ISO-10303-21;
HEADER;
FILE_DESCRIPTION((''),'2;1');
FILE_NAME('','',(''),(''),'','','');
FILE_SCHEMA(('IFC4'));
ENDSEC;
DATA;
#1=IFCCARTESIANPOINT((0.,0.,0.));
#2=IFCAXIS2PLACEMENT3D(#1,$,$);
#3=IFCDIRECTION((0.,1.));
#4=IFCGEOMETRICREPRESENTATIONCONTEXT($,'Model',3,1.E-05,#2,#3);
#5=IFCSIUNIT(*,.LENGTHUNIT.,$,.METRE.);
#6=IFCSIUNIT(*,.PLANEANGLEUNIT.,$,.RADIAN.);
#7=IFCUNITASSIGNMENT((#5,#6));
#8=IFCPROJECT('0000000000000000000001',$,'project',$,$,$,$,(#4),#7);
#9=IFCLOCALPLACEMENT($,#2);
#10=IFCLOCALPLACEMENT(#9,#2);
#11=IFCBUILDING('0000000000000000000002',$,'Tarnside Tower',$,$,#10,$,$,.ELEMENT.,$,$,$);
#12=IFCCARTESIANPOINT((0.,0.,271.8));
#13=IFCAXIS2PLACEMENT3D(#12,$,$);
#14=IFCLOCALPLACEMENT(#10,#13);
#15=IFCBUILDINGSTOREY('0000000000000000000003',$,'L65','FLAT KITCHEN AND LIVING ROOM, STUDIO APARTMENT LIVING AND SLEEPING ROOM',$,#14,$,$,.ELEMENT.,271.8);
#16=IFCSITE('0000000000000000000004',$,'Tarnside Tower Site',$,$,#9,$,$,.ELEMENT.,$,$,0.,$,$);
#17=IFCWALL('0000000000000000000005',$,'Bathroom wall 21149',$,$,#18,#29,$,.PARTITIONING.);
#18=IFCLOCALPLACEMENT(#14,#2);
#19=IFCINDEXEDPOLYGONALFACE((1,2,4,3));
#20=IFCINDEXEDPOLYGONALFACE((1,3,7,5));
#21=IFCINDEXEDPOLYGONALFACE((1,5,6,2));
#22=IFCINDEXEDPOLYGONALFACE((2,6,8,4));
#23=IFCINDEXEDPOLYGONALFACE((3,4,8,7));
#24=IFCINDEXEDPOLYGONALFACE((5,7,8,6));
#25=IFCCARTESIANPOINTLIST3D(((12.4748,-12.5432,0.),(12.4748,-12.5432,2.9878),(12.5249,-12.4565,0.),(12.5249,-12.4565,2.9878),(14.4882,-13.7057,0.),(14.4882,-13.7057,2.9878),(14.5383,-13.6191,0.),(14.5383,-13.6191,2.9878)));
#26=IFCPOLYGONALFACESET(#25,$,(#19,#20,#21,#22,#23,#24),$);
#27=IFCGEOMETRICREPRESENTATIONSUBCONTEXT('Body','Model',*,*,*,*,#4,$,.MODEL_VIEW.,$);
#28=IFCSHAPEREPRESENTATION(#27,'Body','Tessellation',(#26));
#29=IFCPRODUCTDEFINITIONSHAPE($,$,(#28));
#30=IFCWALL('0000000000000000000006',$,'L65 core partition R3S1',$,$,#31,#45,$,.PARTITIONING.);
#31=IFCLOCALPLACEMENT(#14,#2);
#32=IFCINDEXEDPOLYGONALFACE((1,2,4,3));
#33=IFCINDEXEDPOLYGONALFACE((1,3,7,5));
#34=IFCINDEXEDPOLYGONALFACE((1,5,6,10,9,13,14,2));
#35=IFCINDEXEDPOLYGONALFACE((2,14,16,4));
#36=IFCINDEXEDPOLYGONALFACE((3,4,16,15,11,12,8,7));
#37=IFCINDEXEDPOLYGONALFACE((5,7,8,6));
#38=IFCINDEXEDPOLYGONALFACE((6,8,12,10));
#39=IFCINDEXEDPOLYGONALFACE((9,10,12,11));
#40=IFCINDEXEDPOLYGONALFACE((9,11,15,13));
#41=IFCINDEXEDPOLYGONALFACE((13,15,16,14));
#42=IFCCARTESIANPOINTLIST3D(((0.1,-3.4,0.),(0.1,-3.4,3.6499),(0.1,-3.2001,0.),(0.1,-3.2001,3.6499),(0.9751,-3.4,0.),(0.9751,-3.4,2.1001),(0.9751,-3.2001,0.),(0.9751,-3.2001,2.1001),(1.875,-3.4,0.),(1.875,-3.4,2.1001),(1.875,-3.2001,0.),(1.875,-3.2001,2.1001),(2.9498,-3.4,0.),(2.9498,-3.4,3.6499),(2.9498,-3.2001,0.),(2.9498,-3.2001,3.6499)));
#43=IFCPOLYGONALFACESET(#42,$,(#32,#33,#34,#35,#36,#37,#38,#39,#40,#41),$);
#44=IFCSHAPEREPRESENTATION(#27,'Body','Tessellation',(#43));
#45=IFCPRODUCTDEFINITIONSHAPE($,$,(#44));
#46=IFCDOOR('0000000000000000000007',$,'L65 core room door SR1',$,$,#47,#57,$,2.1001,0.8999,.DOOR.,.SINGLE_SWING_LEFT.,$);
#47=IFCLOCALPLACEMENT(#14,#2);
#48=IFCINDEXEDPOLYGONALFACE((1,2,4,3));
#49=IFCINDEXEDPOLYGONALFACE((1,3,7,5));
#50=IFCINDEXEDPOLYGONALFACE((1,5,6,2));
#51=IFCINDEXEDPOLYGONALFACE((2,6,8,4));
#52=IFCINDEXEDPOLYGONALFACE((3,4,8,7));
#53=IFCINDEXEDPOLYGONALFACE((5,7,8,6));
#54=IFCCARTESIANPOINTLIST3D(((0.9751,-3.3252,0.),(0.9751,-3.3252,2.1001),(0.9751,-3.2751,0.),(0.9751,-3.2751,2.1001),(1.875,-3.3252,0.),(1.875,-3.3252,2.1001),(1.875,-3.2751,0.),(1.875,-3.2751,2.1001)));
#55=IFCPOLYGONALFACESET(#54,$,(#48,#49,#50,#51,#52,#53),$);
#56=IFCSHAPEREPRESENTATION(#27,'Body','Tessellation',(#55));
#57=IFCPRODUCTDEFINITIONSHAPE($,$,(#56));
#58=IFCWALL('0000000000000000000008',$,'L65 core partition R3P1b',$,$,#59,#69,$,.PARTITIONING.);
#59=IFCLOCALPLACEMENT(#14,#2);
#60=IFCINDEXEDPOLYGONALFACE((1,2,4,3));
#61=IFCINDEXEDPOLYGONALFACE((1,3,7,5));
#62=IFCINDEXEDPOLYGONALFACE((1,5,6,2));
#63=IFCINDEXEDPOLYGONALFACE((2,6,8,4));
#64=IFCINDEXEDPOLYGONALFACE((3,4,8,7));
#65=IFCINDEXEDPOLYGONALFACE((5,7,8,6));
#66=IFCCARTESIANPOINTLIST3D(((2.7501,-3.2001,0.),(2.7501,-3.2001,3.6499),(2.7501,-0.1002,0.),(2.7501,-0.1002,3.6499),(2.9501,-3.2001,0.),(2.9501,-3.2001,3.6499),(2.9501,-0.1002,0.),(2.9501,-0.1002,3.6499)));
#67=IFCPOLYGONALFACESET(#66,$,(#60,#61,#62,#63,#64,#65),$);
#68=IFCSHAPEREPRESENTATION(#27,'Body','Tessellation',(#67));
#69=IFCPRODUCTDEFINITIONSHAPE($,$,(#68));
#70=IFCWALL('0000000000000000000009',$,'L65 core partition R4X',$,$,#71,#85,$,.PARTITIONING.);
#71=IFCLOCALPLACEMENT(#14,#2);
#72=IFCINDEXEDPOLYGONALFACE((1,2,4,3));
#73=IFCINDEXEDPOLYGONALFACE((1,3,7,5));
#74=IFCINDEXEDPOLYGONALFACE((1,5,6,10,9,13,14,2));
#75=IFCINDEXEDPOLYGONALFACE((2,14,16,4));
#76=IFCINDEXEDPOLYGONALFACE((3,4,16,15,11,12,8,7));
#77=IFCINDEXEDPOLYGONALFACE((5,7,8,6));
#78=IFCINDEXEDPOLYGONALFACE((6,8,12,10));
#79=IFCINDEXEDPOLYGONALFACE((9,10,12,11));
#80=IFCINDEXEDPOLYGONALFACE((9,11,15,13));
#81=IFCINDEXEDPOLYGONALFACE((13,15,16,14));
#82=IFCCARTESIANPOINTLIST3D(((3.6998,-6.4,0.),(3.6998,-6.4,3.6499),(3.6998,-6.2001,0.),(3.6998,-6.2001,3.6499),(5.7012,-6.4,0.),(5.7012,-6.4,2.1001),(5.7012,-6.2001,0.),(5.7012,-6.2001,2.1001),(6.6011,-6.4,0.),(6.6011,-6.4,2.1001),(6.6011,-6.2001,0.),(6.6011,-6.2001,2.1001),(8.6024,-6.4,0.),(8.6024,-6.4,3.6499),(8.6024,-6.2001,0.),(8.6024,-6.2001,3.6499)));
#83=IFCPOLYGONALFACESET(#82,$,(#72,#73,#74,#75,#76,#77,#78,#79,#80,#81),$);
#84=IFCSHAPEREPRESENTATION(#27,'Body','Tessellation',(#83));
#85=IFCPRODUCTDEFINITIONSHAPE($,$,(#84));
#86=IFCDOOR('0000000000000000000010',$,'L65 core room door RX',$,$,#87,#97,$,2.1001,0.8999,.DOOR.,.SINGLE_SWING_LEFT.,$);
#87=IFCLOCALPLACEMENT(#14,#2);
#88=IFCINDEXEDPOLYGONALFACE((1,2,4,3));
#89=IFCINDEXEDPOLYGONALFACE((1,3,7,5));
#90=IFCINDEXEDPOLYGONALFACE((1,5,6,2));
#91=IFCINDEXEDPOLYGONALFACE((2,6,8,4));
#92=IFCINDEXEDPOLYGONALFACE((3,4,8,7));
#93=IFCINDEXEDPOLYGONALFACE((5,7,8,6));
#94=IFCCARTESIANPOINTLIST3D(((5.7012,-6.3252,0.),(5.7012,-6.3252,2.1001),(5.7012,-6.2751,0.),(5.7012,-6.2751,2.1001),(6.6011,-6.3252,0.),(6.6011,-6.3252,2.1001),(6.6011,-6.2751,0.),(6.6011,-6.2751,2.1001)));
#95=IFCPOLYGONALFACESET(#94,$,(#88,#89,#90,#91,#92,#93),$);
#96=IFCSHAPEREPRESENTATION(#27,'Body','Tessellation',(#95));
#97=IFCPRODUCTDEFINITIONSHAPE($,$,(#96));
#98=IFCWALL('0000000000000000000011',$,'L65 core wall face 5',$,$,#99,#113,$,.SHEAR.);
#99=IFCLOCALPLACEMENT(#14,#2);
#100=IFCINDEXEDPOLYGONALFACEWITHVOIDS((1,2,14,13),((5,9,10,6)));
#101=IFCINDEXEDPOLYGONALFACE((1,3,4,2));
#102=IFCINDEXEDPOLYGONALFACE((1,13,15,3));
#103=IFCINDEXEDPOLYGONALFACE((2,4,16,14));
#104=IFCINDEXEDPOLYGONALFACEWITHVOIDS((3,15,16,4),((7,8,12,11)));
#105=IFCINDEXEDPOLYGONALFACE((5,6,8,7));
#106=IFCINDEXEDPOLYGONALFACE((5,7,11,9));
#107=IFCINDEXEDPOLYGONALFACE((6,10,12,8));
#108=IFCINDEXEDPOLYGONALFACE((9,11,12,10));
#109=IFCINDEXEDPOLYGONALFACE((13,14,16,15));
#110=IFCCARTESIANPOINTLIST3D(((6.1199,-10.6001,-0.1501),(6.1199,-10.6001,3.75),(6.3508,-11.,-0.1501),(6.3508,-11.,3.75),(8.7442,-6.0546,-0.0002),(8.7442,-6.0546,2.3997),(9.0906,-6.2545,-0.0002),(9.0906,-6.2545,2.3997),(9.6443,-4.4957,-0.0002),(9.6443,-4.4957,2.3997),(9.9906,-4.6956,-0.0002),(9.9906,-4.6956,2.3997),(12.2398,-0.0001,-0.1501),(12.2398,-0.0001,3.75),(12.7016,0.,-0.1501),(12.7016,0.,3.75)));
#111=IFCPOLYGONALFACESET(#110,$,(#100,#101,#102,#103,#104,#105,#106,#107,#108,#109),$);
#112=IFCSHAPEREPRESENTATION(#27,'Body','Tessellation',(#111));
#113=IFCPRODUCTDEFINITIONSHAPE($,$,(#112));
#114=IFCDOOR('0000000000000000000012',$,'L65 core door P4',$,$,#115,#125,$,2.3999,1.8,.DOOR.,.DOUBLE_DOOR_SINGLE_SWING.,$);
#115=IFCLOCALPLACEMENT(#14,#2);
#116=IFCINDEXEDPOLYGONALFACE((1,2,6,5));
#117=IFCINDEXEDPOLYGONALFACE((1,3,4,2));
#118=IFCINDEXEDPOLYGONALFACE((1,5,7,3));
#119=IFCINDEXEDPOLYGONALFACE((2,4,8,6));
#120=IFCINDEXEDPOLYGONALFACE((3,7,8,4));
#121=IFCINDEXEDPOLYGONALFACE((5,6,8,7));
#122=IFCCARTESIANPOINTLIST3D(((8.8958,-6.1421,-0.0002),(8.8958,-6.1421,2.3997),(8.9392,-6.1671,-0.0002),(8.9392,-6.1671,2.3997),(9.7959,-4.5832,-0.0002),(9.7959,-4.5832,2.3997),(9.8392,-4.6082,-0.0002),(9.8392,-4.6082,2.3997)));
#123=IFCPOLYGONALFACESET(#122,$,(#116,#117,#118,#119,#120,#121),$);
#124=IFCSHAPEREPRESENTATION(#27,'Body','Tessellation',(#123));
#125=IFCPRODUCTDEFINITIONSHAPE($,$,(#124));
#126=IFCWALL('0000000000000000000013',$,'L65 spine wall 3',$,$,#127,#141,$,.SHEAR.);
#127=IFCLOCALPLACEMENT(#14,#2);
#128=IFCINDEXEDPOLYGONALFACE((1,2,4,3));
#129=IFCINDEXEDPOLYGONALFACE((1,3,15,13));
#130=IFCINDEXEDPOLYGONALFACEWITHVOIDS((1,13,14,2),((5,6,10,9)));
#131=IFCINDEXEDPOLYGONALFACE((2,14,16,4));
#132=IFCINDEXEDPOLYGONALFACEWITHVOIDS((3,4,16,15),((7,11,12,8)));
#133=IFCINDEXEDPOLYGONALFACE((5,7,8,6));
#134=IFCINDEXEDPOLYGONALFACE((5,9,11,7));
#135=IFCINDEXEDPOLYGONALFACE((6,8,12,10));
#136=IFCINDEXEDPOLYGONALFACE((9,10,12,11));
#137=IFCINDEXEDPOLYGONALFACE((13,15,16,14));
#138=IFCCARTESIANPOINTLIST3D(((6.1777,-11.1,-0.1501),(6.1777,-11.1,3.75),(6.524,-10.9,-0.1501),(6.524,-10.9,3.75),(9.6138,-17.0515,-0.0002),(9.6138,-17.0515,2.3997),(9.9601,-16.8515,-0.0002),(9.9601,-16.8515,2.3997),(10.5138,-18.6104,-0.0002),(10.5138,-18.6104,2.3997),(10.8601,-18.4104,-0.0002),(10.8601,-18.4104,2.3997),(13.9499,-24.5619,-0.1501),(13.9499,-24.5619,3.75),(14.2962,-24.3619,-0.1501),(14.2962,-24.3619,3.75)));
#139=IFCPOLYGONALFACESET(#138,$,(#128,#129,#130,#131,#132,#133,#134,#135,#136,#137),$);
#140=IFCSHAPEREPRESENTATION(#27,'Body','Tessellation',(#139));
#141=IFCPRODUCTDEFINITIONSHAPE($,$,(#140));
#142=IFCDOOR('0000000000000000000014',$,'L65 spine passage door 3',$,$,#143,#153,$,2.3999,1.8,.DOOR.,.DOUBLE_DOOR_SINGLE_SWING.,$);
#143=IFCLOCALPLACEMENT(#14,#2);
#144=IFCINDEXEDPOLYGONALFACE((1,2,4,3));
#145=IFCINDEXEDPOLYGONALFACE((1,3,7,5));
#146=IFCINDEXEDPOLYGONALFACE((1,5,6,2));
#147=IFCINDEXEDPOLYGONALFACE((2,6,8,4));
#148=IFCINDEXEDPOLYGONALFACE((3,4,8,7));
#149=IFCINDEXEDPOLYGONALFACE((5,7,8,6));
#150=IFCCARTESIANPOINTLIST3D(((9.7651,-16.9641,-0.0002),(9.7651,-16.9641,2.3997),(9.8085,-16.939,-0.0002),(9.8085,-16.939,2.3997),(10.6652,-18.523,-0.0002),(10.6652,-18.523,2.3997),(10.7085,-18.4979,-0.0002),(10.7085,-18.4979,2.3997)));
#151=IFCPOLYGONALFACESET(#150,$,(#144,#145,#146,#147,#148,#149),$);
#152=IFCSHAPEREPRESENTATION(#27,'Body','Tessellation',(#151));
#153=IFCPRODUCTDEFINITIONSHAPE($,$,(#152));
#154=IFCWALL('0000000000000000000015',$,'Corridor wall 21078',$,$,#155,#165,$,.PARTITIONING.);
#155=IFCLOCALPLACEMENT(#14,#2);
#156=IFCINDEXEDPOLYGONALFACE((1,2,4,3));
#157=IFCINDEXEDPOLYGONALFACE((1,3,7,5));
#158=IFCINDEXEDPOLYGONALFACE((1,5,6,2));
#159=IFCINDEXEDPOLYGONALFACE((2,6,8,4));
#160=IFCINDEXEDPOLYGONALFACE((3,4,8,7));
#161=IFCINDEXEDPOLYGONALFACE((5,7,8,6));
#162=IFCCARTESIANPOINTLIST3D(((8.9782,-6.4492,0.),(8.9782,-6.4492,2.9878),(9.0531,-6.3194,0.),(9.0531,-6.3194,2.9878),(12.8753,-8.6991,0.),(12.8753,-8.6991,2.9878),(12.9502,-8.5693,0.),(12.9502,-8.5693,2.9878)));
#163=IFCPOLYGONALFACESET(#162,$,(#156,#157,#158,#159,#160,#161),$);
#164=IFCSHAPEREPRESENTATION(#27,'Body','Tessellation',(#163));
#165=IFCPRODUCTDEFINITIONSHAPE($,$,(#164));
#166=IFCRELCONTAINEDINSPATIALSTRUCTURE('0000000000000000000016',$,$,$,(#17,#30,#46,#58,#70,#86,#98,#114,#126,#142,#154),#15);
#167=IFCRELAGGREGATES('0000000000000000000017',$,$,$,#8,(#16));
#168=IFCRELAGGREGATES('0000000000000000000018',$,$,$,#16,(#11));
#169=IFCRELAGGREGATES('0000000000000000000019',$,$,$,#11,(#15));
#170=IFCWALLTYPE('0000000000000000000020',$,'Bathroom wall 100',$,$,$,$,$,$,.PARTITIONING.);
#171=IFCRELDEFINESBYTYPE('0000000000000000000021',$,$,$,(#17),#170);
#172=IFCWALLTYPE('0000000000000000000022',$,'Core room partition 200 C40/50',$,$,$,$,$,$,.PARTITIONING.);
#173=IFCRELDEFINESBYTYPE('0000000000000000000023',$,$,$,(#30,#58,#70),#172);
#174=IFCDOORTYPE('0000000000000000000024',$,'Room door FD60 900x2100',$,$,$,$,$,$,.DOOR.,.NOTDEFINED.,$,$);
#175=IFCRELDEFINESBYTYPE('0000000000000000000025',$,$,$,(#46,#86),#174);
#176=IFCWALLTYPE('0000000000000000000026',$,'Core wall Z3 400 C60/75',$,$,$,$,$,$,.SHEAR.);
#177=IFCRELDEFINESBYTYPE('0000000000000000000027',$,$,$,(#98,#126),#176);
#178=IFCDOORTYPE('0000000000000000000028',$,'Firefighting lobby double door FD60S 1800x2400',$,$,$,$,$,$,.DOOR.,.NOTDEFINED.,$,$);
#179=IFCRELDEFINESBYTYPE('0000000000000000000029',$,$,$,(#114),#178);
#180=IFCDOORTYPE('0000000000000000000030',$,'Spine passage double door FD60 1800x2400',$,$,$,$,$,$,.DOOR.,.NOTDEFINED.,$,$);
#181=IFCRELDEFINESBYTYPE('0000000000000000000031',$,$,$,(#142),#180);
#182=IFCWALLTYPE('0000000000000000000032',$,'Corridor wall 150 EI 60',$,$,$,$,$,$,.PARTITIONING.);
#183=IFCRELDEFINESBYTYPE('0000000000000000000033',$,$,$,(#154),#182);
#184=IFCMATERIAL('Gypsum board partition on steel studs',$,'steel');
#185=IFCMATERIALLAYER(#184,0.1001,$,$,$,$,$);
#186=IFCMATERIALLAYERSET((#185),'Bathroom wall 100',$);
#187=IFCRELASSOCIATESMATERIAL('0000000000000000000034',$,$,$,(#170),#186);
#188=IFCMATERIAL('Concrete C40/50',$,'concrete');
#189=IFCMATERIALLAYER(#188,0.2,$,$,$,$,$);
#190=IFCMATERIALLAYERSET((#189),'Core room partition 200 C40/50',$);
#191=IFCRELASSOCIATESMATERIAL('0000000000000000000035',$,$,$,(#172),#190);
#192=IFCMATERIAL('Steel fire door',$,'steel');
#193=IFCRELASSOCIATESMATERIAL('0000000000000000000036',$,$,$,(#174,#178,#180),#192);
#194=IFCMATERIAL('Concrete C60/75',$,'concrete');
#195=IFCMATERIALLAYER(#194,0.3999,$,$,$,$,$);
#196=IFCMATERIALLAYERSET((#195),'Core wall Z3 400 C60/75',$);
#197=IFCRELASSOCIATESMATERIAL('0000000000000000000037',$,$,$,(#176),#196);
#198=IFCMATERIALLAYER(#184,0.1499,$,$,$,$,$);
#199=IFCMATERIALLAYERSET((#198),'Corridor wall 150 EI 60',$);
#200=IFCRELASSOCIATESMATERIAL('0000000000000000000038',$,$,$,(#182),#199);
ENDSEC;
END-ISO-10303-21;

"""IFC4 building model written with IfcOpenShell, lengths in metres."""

from ifc_helpers import new_model, si_unit, direction, frame, frame_2d, origin, place, context, subcontext, project, spatial, polyline, rectangle, outline, extrude, material, layer, layer_set, type_object, element, fill, save


model = new_model("IFC4")

# Units and contexts
model_context = context("Model", 3, precision=1e-05, world=origin(), true_north=direction((0.0, 1.0)))
body_context = subcontext(model_context, "Body", "Model", "MODEL_VIEW")
ifc_project = project(units=[si_unit("LENGTHUNIT", "METRE"), si_unit("PLANEANGLEUNIT", "RADIAN")], contexts=[model_context])

# Site, building, storey
site_placement = place(None, origin())
site = spatial("IfcSite", under=ifc_project, at=site_placement, Name="Tarnside Tower Site", CompositionType="ELEMENT", RefElevation=0.0)
building_placement = place(site_placement, origin())
building = spatial("IfcBuilding", under=site, at=building_placement, Name="Tarnside Tower", CompositionType="ELEMENT")
storey_placement = place(building_placement, frame((0.0, 0.0, 271.8)))
storey = spatial("IfcBuildingStorey", under=building, at=storey_placement, Name="L65", Description="FLAT KITCHEN AND LIVING ROOM, STUDIO APARTMENT LIVING AND SLEEPING ROOM", CompositionType="ELEMENT", Elevation=271.8)

# Wall
ifc_material_1 = material(Name="Gypsum board partition on steel studs", Category="steel")
ifc_layer_1 = layer(ifc_material_1, 0.1001)
ifc_layer_set_1 = layer_set([ifc_layer_1], Name="Bathroom wall 100")
wall_type_1 = type_object("IfcWallType", Name="Bathroom wall 100", PredefinedType="PARTITIONING", material=ifc_layer_set_1)
wall_1_placement = place(storey_placement, frame((12.4998, -12.4998, 0.0), z_axis=(0.0, 0.0, 1.0), x_axis=(0.865998, -0.500047, 0.0)))
element("IfcWall", 1, at=wall_1_placement, inside=storey, type_object=wall_type_1, Name="Bathroom wall 21149", PredefinedType="PARTITIONING", context=body_context, shape_type="SweptSolid", body=[
    extrude(rectangle(XDim=2.325, YDim=0.1001, at=frame_2d((1.1626, 0.0))), origin(), (0.0, 0.0, 1.0), 2.9878),
])

# Wall, opening, door
ifc_material_2 = material(Name="Concrete C40/50", Category="concrete")
ifc_layer_2 = layer(ifc_material_2, 0.2)
ifc_layer_set_2 = layer_set([ifc_layer_2], Name="Core room partition 200 C40/50")
wall_type_2 = type_object("IfcWallType", Name="Core room partition 200 C40/50", PredefinedType="PARTITIONING", material=ifc_layer_set_2)
wall_2_placement = place(storey_placement, frame((0.1001, -3.3, 0.0), z_axis=(0.0, 0.0, 1.0), x_axis=(1.0, 0.0, 0.0)))
wall_2 = element("IfcWall", 2, at=wall_2_placement, inside=storey, type_object=wall_type_2, Name="L65 core partition R3S1", PredefinedType="PARTITIONING", context=body_context, shape_type="SweptSolid", body=[
    extrude(rectangle(XDim=2.8499, YDim=0.2, at=frame_2d((1.4248, 0.0))), origin(), (0.0, 0.0, 1.0), 3.6499),
])
opening_1_placement = place(wall_2_placement, frame((0.875, 0.0, 0.0)))
opening_1 = element("IfcOpeningElement", 3, at=opening_1_placement, cuts=wall_2, PredefinedType="OPENING", context=body_context, shape_type="SweptSolid", body=[
    extrude(rectangle(XDim=0.8999, YDim=2.1001, at=frame_2d((0.45, 1.05))), frame((0.0, 0.1099, 0.0), z_axis=(0.0, -1.0, 0.0), x_axis=(1.0, 0.0, 0.0)), (0.0, 0.0, 1.0), 0.22),
])
ifc_material_3 = material(Name="Steel fire door", Category="steel")
door_type_1 = type_object("IfcDoorType", Name="Room door FD60 900x2100", OperationType="NOTDEFINED", PredefinedType="DOOR", material=ifc_material_3)
door_1_placement = place(opening_1_placement, origin())
door_1 = element("IfcDoor", 4, at=door_1_placement, inside=storey, type_object=door_type_1, Name="L65 core room door SR1", OperationType="SINGLE_SWING_LEFT", OverallHeight=2.1001, OverallWidth=0.8999, PredefinedType="DOOR", context=body_context, shape_type="SweptSolid", body=[
    extrude(rectangle(XDim=0.8999, YDim=2.1001, at=frame_2d((0.45, 1.05))), frame((0.0, 0.0249, 0.0), z_axis=(0.0, -1.0, 0.0), x_axis=(1.0, 0.0, 0.0)), (0.0, 0.0, 1.0), 0.05),
])
fill(opening_1, door_1)

# Wall
wall_3_placement = place(storey_placement, frame((2.8501, -3.2, 0.0), z_axis=(0.0, 0.0, 1.0), x_axis=(0.0, 1.0, 0.0)))
element("IfcWall", 5, at=wall_3_placement, inside=storey, type_object=wall_type_2, Name="L65 core partition R3P1b", PredefinedType="PARTITIONING", context=body_context, shape_type="SweptSolid", body=[
    extrude(rectangle(XDim=3.0999, YDim=0.2, at=frame_2d((1.5498, 0.0))), origin(), (0.0, 0.0, 1.0), 3.6499),
])

# Walls, openings, doors
wall_4_placement = place(storey_placement, frame((3.7, -6.3, 0.0), z_axis=(0.0, 0.0, 1.0), x_axis=(1.0, 0.0, 0.0)))
wall_4 = element("IfcWall", 6, at=wall_4_placement, inside=storey, type_object=wall_type_2, Name="L65 core partition R4X", PredefinedType="PARTITIONING", context=body_context, shape_type="SweptSolid", body=[
    extrude(rectangle(XDim=4.9026, YDim=0.2, at=frame_2d((2.4512, 0.0))), origin(), (0.0, 0.0, 1.0), 3.6499),
])
opening_2_placement = place(wall_4_placement, frame((2.0012, 0.0, 0.0)))
opening_2 = element("IfcOpeningElement", 7, at=opening_2_placement, cuts=wall_4, PredefinedType="OPENING", context=body_context, shape_type="SweptSolid", body=[
    extrude(rectangle(XDim=0.8999, YDim=2.1001, at=frame_2d((0.45, 1.05))), frame((0.0, 0.1099, 0.0), z_axis=(0.0, -1.0, 0.0), x_axis=(1.0, 0.0, 0.0)), (0.0, 0.0, 1.0), 0.22),
])
door_2_placement = place(opening_2_placement, origin())
door_2 = element("IfcDoor", 8, at=door_2_placement, inside=storey, type_object=door_type_1, Name="L65 core room door RX", OperationType="SINGLE_SWING_LEFT", OverallHeight=2.1001, OverallWidth=0.8999, PredefinedType="DOOR", context=body_context, shape_type="SweptSolid", body=[
    extrude(rectangle(XDim=0.8999, YDim=2.1001, at=frame_2d((0.45, 1.05))), frame((0.0, 0.0249, 0.0), z_axis=(0.0, -1.0, 0.0), x_axis=(1.0, 0.0, 0.0)), (0.0, 0.0, 1.0), 0.05),
])
fill(opening_2, door_2)
ifc_material_4 = material(Name="Concrete C60/75", Category="concrete")
ifc_layer_3 = layer(ifc_material_4, 0.3999)
ifc_layer_set_3 = layer_set([ifc_layer_3], Name="Core wall Z3 400 C60/75")
wall_type_3 = type_object("IfcWallType", Name="Core wall Z3 400 C60/75", PredefinedType="SHEAR", material=ifc_layer_set_3)
wall_5_placement = place(storey_placement, frame((6.2354, -10.8, -0.1501), z_axis=(0.0, 0.0, 1.0), x_axis=(0.499996, 0.866027, 0.0)))
wall_5 = element("IfcWall", 9, at=wall_5_placement, inside=storey, type_object=wall_type_3, Name="L65 core wall face 5", PredefinedType="SHEAR", context=body_context, shape_type="SweptSolid", body=[
    extrude(outline(polyline([(-0.1155, -0.2), (12.5862, -0.2), (12.3552, 0.2), (0.1155, 0.2), (-0.1155, -0.2)])), origin(), (0.0, 0.0, 1.0), 3.9001),
])
opening_3_placement = place(wall_5_placement, frame((5.3643, 0.0, 0.1499)))
opening_3 = element("IfcOpeningElement", 10, at=opening_3_placement, cuts=wall_5, PredefinedType="OPENING", context=body_context, shape_type="SweptSolid", body=[
    extrude(rectangle(XDim=1.8, YDim=2.3999, at=frame_2d((0.8999, 1.2))), frame((0.0, 0.21, 0.0), z_axis=(0.0, -1.0, 0.0), x_axis=(1.0, 0.0, 0.0)), (0.0, 0.0, 1.0), 0.4199),
])
door_type_2 = type_object("IfcDoorType", Name="Firefighting lobby double door FD60S 1800x2400", OperationType="NOTDEFINED", PredefinedType="DOOR", material=ifc_material_3)
door_3_placement = place(opening_3_placement, origin())
door_3 = element("IfcDoor", 11, at=door_3_placement, inside=storey, type_object=door_type_2, Name="L65 core door P4", OperationType="DOUBLE_DOOR_SINGLE_SWING", OverallHeight=2.3999, OverallWidth=1.8, PredefinedType="DOOR", context=body_context, shape_type="SweptSolid", body=[
    extrude(rectangle(XDim=1.8, YDim=2.3999, at=frame_2d((0.8999, 1.2))), frame((0.0, 0.0249, 0.0), z_axis=(0.0, -1.0, 0.0), x_axis=(1.0, 0.0, 0.0)), (0.0, 0.0, 1.0), 0.05),
])
fill(opening_3, door_3)
wall_6_placement = place(storey_placement, frame((6.3508, -11.0, -0.1501), z_axis=(0.0, 0.0, 1.0), x_axis=(0.499999, -0.866026, 0.0)))
wall_6 = element("IfcWall", 12, at=wall_6_placement, inside=storey, type_object=wall_type_3, Name="L65 spine wall 3", PredefinedType="SHEAR", context=body_context, shape_type="SweptSolid", body=[
    extrude(rectangle(XDim=15.5444, YDim=0.3999, at=frame_2d((7.7722, 0.0))), origin(), (0.0, 0.0, 1.0), 3.9001),
])
opening_4_placement = place(wall_6_placement, frame((6.8723, 0.0, 0.1499)))
opening_4 = element("IfcOpeningElement", 13, at=opening_4_placement, cuts=wall_6, PredefinedType="OPENING", context=body_context, shape_type="SweptSolid", body=[
    extrude(rectangle(XDim=1.8, YDim=2.3999, at=frame_2d((0.8999, 1.2))), frame((0.0, 0.21, 0.0), z_axis=(0.0, -1.0, 0.0), x_axis=(1.0, 0.0, 0.0)), (0.0, 0.0, 1.0), 0.4199),
])
door_type_3 = type_object("IfcDoorType", Name="Spine passage double door FD60 1800x2400", OperationType="NOTDEFINED", PredefinedType="DOOR", material=ifc_material_3)
door_4_placement = place(opening_4_placement, origin())
door_4 = element("IfcDoor", 14, at=door_4_placement, inside=storey, type_object=door_type_3, Name="L65 spine passage door 3", OperationType="DOUBLE_DOOR_SINGLE_SWING", OverallHeight=2.3999, OverallWidth=1.8, PredefinedType="DOOR", context=body_context, shape_type="SweptSolid", body=[
    extrude(rectangle(XDim=1.8, YDim=2.3999, at=frame_2d((0.8999, 1.2))), frame((0.0, 0.0249, 0.0), z_axis=(0.0, -1.0, 0.0), x_axis=(1.0, 0.0, 0.0)), (0.0, 0.0, 1.0), 0.05),
])
fill(opening_4, door_4)

# Wall
ifc_layer_4 = layer(ifc_material_1, 0.1499)
ifc_layer_set_4 = layer_set([ifc_layer_4], Name="Corridor wall 150 EI 60")
wall_type_4 = type_object("IfcWallType", Name="Corridor wall 150 EI 60", PredefinedType="PARTITIONING", material=ifc_layer_set_4)
wall_7_placement = place(storey_placement, frame((9.0156, -6.3843, 0.0), z_axis=(0.0, 0.0, 1.0), x_axis=(0.866031, -0.49999, 0.0)))
element("IfcWall", 15, at=wall_7_placement, inside=storey, type_object=wall_type_4, Name="Corridor wall 21078", PredefinedType="PARTITIONING", context=body_context, shape_type="SweptSolid", body=[
    extrude(rectangle(XDim=4.5, YDim=0.1499, at=frame_2d((2.25, 0.0))), origin(), (0.0, 0.0, 1.0), 2.9878),
])

save(model, "model.ifc")
